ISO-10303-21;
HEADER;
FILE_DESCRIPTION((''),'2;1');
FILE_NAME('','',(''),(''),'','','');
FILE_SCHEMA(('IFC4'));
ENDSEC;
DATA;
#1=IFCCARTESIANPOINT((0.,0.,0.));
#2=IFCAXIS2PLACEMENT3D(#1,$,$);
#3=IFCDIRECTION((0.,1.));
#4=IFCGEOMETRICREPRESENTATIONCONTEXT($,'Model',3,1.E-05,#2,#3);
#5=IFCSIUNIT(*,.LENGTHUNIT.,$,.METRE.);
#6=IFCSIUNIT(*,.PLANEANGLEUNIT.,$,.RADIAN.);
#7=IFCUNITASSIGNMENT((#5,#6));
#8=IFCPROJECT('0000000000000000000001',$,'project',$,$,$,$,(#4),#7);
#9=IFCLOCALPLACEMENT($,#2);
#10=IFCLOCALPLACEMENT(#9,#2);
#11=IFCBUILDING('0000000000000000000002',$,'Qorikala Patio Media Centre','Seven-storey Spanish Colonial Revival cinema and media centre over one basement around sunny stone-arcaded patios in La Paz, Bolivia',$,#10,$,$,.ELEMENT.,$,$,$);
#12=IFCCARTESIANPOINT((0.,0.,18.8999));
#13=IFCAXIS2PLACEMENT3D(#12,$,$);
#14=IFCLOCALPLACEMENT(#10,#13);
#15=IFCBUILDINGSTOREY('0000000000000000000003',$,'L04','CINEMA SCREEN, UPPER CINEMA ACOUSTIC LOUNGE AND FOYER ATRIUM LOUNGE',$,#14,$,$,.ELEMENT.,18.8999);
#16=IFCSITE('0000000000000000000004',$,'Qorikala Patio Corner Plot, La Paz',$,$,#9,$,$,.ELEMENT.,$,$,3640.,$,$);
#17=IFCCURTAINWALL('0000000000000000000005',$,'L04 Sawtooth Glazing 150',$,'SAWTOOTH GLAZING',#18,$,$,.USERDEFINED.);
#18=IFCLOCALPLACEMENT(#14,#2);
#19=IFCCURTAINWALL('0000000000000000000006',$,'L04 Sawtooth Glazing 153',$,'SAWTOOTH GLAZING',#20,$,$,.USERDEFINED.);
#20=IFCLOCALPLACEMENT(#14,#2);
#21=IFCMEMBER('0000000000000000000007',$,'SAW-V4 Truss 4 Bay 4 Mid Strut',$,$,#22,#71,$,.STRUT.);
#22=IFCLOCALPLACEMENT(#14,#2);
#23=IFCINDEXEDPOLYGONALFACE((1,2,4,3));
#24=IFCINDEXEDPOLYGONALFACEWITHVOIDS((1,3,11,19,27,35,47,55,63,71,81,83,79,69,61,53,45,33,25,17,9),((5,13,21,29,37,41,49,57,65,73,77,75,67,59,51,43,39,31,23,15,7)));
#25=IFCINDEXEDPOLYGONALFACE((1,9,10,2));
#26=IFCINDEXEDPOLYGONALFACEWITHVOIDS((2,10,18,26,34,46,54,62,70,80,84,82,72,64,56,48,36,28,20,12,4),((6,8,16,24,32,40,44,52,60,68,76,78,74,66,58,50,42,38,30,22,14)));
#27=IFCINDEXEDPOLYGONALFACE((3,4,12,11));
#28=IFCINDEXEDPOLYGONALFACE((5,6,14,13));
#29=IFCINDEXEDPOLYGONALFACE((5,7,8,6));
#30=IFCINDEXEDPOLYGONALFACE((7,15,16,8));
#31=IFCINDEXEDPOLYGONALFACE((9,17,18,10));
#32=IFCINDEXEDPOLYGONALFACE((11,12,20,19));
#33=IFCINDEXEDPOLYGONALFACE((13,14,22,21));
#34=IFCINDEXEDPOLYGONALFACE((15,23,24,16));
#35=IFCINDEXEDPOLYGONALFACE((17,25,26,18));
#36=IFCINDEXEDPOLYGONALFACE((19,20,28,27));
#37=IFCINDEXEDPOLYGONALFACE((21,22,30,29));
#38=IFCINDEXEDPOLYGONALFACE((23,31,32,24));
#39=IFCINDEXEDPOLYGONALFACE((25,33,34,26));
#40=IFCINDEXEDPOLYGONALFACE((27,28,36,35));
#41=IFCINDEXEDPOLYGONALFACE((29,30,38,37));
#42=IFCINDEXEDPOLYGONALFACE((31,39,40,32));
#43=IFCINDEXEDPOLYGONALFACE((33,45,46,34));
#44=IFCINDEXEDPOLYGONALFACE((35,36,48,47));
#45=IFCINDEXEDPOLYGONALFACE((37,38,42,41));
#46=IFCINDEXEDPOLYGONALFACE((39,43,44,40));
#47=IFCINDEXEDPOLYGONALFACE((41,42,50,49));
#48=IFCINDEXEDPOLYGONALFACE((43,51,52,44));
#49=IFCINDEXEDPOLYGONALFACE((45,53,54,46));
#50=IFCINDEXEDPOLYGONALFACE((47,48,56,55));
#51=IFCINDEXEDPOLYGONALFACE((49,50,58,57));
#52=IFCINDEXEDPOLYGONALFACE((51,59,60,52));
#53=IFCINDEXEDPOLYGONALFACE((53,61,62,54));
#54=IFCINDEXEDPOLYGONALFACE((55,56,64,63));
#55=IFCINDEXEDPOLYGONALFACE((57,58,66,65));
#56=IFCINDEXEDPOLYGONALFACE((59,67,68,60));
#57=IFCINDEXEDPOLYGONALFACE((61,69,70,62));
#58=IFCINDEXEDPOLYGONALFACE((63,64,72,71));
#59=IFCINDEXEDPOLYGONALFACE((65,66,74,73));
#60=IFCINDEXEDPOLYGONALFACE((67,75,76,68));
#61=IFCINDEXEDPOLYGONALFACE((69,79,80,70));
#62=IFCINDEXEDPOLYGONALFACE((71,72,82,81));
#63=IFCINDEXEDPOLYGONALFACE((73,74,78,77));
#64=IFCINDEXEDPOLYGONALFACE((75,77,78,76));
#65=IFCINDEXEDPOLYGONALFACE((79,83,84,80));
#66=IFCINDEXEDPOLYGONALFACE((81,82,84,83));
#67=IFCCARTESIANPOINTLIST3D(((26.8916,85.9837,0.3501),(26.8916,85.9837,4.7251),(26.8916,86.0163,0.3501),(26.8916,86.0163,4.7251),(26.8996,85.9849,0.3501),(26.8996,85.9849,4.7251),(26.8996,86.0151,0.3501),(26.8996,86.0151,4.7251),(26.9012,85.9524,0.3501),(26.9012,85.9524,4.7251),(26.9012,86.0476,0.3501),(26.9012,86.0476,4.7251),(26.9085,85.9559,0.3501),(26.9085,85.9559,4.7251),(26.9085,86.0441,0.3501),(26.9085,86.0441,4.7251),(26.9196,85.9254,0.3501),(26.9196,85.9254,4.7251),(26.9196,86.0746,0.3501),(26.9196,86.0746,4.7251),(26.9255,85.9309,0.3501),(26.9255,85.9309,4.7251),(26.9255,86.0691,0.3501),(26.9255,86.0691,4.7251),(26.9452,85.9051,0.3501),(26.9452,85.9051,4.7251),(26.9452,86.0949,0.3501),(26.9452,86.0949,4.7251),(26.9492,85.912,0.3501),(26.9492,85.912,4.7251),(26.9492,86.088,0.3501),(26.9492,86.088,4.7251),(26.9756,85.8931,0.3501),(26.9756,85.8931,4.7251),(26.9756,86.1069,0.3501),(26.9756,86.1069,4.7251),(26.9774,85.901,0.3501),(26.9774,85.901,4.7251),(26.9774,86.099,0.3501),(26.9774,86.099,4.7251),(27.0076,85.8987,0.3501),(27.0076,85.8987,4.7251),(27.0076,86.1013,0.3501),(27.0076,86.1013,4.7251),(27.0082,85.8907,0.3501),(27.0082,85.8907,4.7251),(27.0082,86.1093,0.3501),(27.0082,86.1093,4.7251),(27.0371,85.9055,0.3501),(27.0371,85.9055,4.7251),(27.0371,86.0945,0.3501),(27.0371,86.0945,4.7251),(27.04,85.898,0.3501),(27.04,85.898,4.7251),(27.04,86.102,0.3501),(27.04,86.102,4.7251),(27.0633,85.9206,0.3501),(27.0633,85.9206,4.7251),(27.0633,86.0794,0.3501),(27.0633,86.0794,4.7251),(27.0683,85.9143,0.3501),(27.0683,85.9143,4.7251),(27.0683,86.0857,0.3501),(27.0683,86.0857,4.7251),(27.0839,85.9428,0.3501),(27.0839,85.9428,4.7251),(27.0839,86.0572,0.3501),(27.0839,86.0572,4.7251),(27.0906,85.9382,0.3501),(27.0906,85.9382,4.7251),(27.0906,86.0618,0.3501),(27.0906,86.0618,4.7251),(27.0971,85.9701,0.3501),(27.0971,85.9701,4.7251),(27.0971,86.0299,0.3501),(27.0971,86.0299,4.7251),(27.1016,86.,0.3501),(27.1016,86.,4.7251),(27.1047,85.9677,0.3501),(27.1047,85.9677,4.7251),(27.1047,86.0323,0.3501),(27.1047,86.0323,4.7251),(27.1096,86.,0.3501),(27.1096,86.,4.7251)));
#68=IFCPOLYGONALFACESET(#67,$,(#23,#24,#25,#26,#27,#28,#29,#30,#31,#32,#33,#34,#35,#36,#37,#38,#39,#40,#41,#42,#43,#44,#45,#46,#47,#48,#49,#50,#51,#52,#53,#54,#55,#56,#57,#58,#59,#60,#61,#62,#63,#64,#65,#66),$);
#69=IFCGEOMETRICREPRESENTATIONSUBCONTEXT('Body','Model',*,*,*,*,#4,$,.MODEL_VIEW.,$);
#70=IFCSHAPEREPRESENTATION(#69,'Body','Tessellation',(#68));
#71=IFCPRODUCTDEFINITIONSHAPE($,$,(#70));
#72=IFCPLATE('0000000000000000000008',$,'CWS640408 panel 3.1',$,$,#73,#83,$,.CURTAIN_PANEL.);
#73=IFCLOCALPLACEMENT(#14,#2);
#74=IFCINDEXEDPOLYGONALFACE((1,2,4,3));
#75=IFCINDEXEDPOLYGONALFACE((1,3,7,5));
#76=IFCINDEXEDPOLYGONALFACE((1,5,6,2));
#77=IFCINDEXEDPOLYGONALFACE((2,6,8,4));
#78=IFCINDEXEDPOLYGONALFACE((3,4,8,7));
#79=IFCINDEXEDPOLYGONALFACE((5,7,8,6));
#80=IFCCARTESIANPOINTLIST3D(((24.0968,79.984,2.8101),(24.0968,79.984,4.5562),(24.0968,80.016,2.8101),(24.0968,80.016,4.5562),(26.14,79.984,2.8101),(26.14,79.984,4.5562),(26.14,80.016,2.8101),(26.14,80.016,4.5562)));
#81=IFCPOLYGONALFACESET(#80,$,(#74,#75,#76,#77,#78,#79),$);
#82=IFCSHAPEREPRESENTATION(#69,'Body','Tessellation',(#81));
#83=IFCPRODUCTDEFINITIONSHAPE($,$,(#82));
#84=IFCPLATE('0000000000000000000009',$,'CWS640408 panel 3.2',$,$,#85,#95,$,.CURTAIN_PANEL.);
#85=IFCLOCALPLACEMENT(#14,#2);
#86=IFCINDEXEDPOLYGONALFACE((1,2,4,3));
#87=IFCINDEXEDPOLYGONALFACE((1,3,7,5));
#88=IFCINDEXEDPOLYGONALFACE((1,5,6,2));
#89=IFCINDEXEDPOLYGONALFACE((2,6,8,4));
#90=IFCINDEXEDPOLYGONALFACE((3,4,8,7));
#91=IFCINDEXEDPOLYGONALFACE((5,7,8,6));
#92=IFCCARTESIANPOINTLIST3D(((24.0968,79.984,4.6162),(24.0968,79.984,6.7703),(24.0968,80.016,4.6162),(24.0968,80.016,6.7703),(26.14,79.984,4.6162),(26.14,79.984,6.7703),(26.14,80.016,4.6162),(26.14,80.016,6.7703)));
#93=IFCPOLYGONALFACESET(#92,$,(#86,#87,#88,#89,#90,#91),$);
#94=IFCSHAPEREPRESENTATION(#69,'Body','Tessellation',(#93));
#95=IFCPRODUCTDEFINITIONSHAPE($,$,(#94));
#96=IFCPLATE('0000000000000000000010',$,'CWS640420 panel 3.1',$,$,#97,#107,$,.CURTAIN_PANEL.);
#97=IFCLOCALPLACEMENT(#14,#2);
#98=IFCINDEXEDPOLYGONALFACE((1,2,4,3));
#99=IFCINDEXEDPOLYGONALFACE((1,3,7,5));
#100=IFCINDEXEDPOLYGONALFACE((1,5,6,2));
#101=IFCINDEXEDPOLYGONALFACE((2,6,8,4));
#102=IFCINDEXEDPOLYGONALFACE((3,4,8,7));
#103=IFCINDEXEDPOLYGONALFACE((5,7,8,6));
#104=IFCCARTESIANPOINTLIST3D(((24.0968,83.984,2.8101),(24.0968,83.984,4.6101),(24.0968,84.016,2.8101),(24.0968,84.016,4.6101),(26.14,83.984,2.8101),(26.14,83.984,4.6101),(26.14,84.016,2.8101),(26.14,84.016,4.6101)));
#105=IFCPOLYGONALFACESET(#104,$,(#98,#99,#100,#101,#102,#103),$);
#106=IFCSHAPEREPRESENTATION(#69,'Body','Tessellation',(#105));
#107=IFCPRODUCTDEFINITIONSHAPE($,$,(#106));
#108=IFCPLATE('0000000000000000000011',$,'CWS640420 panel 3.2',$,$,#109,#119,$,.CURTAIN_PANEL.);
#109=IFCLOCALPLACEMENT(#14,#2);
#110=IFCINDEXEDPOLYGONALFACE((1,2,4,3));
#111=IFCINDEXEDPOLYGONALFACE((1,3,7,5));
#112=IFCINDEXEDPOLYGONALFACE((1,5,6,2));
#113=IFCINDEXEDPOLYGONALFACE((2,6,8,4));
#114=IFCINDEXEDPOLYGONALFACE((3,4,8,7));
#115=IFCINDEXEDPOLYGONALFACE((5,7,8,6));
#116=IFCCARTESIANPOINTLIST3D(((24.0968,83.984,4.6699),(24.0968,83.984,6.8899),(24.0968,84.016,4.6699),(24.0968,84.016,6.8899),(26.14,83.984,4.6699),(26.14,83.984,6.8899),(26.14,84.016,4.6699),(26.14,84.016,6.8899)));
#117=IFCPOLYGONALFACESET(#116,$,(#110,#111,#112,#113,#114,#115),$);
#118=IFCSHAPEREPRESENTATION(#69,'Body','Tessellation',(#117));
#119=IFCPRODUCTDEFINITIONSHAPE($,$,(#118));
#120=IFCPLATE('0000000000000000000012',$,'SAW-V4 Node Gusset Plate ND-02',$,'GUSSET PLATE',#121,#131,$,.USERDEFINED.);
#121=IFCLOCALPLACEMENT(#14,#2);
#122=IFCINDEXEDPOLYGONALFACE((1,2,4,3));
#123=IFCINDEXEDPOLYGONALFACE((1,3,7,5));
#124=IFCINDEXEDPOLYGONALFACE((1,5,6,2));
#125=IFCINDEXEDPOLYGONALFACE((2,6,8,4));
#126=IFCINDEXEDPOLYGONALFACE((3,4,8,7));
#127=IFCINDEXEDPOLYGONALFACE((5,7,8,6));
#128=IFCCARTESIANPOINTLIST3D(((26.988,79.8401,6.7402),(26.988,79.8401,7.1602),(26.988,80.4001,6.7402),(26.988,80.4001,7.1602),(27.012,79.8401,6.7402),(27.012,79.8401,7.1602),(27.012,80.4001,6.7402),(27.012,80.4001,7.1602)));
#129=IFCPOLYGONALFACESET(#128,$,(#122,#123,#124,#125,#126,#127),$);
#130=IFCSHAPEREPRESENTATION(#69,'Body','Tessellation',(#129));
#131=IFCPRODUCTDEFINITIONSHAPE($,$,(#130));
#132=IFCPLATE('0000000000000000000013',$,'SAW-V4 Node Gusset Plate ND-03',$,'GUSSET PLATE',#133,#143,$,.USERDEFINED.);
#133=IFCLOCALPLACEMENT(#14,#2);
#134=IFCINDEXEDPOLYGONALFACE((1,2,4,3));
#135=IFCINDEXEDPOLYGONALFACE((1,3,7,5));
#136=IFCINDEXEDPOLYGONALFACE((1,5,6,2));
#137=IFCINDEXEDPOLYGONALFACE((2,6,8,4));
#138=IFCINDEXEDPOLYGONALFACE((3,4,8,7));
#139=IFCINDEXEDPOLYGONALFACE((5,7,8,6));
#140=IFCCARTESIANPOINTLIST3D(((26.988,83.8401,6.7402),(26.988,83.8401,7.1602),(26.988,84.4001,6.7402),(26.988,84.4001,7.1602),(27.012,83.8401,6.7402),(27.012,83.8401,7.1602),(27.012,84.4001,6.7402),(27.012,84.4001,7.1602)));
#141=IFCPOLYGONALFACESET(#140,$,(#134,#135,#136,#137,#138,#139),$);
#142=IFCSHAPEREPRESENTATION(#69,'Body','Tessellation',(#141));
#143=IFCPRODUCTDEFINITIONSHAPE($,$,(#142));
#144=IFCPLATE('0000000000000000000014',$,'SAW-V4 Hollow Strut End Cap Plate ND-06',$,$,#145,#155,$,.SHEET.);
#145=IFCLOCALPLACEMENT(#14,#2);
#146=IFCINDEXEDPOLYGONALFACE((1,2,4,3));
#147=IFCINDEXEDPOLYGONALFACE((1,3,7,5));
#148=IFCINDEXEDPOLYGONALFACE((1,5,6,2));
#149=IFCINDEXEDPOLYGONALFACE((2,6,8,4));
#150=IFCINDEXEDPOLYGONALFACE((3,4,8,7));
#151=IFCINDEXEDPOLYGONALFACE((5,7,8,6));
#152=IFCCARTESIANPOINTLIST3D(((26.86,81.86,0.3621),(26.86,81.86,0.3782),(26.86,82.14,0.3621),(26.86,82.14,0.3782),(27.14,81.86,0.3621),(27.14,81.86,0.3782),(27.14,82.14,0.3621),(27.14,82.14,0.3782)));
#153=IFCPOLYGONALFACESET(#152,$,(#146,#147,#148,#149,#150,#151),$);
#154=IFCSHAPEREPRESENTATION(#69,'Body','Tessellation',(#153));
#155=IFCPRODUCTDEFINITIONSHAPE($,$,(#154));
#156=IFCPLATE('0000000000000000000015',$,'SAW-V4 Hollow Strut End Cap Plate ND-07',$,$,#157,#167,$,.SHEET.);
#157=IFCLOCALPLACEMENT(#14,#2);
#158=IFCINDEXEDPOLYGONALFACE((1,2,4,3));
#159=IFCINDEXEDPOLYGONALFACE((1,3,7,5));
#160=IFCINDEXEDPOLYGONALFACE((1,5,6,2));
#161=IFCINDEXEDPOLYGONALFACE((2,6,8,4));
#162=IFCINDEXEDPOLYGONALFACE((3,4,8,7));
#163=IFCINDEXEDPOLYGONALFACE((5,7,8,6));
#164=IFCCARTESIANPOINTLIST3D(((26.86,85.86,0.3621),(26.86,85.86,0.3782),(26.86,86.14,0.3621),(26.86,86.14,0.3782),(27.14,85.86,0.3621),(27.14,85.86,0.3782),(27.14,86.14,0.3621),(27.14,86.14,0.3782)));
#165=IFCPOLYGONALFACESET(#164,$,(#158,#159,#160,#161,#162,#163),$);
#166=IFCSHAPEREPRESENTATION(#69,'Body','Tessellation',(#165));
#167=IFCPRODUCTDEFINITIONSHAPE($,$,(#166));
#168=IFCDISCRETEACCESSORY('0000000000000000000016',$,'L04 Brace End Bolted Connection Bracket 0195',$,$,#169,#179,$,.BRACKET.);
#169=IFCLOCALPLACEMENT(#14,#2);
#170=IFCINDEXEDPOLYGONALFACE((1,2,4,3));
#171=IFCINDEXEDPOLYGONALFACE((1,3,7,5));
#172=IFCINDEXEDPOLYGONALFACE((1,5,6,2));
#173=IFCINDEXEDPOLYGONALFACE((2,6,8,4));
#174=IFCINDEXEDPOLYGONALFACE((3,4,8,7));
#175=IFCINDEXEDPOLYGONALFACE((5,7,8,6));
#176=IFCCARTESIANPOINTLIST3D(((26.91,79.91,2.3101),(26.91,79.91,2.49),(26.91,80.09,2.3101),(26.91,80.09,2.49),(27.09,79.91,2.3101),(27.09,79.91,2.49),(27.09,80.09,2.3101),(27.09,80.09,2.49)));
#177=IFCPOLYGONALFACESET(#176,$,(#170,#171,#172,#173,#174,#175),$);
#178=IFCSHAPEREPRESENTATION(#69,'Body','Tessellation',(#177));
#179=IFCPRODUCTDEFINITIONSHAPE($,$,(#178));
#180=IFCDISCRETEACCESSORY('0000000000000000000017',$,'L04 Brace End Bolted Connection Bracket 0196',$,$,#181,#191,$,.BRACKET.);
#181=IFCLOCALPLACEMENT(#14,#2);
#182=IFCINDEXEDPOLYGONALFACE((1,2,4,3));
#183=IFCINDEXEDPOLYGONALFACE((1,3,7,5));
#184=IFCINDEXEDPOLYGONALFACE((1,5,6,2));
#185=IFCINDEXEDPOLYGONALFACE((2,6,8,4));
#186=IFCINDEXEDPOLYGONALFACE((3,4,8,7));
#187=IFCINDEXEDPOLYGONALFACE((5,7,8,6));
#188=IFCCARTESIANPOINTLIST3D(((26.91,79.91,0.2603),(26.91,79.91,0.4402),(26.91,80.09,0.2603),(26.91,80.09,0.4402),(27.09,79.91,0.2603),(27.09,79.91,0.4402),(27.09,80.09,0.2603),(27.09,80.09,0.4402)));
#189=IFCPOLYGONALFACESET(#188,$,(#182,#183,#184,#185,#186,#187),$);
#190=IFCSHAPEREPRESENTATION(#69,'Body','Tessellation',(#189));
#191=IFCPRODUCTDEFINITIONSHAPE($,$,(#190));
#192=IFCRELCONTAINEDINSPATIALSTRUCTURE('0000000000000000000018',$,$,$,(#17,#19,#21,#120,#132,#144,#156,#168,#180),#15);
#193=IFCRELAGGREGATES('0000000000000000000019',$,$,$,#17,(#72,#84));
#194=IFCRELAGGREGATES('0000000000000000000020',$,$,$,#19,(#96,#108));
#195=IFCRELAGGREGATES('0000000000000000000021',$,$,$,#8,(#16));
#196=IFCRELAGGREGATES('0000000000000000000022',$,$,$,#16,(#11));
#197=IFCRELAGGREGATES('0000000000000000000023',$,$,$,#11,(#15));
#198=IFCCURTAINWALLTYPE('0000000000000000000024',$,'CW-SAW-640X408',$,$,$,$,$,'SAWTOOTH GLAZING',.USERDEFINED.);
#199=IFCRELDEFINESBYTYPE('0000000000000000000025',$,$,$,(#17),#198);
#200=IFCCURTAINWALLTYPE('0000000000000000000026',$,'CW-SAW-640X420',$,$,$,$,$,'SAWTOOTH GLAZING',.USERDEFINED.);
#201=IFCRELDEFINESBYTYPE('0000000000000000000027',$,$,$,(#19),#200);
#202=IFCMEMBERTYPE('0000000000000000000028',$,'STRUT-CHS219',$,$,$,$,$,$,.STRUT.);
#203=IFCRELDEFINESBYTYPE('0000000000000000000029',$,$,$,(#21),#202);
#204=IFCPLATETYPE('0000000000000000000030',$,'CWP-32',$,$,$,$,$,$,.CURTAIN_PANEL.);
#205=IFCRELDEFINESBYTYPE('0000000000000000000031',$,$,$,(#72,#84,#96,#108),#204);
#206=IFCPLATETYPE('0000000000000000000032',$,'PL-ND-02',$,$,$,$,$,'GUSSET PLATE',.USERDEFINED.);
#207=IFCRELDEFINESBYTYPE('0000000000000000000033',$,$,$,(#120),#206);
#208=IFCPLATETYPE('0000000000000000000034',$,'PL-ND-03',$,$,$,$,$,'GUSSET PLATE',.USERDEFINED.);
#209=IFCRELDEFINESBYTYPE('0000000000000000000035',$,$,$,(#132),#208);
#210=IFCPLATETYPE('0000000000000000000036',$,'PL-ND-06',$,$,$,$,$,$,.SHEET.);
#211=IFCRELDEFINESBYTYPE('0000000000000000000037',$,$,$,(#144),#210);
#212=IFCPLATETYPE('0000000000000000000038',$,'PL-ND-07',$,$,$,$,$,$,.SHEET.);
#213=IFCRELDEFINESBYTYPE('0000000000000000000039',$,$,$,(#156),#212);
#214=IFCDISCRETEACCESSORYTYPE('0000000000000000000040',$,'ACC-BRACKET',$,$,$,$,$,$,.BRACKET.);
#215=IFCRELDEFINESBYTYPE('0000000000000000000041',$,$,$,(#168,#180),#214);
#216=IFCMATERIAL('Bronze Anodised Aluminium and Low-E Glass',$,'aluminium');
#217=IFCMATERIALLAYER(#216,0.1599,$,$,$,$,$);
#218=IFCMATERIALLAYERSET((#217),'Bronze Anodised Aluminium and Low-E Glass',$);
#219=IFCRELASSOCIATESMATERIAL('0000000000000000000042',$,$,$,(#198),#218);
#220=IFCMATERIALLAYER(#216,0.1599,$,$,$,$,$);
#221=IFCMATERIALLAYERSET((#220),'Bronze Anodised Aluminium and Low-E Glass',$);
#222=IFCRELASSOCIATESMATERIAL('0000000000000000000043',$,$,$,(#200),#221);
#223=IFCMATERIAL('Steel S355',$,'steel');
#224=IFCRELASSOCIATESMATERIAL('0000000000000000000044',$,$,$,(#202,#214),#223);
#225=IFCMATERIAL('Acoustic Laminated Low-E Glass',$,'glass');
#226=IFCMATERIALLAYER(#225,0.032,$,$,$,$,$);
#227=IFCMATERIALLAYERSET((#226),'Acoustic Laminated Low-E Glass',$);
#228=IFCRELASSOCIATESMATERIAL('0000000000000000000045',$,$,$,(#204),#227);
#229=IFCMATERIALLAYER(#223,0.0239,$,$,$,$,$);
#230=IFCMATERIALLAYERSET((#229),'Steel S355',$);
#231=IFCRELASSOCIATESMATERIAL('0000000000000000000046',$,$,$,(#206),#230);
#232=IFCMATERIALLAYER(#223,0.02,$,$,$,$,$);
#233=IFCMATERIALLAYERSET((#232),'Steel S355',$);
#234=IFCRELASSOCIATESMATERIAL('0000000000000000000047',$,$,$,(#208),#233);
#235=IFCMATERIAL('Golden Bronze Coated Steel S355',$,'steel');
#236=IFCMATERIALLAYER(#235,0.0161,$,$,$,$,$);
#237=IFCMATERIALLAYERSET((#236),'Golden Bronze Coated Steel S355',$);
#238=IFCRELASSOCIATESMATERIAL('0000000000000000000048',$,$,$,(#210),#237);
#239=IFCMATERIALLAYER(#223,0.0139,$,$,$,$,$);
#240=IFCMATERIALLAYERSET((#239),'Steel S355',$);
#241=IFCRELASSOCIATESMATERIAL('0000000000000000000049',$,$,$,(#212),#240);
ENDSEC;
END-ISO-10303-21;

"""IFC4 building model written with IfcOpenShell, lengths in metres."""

from ifc_helpers import new_model, si_unit, direction, frame, origin, origin_2d, place, context, subcontext, project, spatial, rectangle, hollow_circle, extrude, material, layer, layer_set, material_profile, profile_set, type_object, element, aggregate, save


model = new_model("IFC4")

# Units and contexts
model_context = context("Model", 3, precision=1e-05, world=origin(), true_north=direction((0.0, 1.0)))
body_context = subcontext(model_context, "Body", "Model", "MODEL_VIEW")
ifc_project = project(units=[si_unit("LENGTHUNIT", "METRE"), si_unit("PLANEANGLEUNIT", "RADIAN")], contexts=[model_context])

# Site, building, storey
site_placement = place(None, origin())
site = spatial("IfcSite", under=ifc_project, at=site_placement, Name="Qorikala Patio Corner Plot, La Paz", CompositionType="ELEMENT", RefElevation=3640.0)
building_placement = place(site_placement, origin())
building = spatial("IfcBuilding", under=site, at=building_placement, Name="Qorikala Patio Media Centre", Description="Seven-storey Spanish Colonial Revival cinema and media centre over one basement around sunny stone-arcaded patios in La Paz, Bolivia", CompositionType="ELEMENT")
storey_placement = place(building_placement, frame((0.0, 0.0, 18.8999)))
storey = spatial("IfcBuildingStorey", under=building, at=storey_placement, Name="L04", Description="CINEMA SCREEN, UPPER CINEMA ACOUSTIC LOUNGE AND FOYER ATRIUM LOUNGE", CompositionType="ELEMENT", Elevation=18.8999)

# Shared definitions
ifc_material_1 = material(Name="Steel S355", Category="steel")

# Curtain wall
ifc_material_2 = material(Name="Bronze Anodised Aluminium and Low-E Glass", Category="aluminium")
ifc_layer_1 = layer(ifc_material_2, 0.1599)
ifc_layer_set_1 = layer_set([ifc_layer_1], Name="Bronze Anodised Aluminium and Low-E Glass")
curtain_wall_type_1 = type_object("IfcCurtainWallType", Name="CW-SAW-640X408", ElementType="SAWTOOTH GLAZING", PredefinedType="USERDEFINED", material=ifc_layer_set_1)
curtain_wall_1_placement = place(storey_placement, origin())
curtain_wall_1 = element("IfcCurtainWall", 1, at=curtain_wall_1_placement, inside=storey, type_object=curtain_wall_type_1, Name="L04 Sawtooth Glazing 150", ObjectType="SAWTOOTH GLAZING", PredefinedType="USERDEFINED")

# Curtain wall
ifc_layer_2 = layer(ifc_material_2, 0.1599)
ifc_layer_set_2 = layer_set([ifc_layer_2], Name="Bronze Anodised Aluminium and Low-E Glass")
curtain_wall_type_2 = type_object("IfcCurtainWallType", Name="CW-SAW-640X420", ElementType="SAWTOOTH GLAZING", PredefinedType="USERDEFINED", material=ifc_layer_set_2)
curtain_wall_2_placement = place(storey_placement, origin())
curtain_wall_2 = element("IfcCurtainWall", 2, at=curtain_wall_2_placement, inside=storey, type_object=curtain_wall_type_2, Name="L04 Sawtooth Glazing 153", ObjectType="SAWTOOTH GLAZING", PredefinedType="USERDEFINED")

# Member
ifc_material_profile_1 = material_profile(ifc_material_1, hollow_circle(Radius=0.1096, WallThickness=0.0081, at=origin_2d()), Name="CHS219X8")
ifc_profile_set_1 = profile_set([ifc_material_profile_1], Name="Steel S355")
member_type_1 = type_object("IfcMemberType", Name="STRUT-CHS219", PredefinedType="STRUT", material=ifc_profile_set_1)
member_1_placement = place(storey_placement, frame((27.0, 86.0, 0.3501), z_axis=(0.0, 0.0, 1.0), x_axis=(1.0, 0.0, 0.0)))
element("IfcMember", 3, at=member_1_placement, inside=storey, type_object=member_type_1, Name="SAW-V4 Truss 4 Bay 4 Mid Strut", PredefinedType="STRUT", context=body_context, shape_type="SweptSolid", body=[
    extrude(hollow_circle(Radius=0.1096, WallThickness=0.0081, at=origin_2d()), origin(), (0.0, 0.0, 1.0), 4.375),
])

# Plates
ifc_material_3 = material(Name="Acoustic Laminated Low-E Glass", Category="glass")
ifc_layer_3 = layer(ifc_material_3, 0.032)
ifc_layer_set_3 = layer_set([ifc_layer_3], Name="Acoustic Laminated Low-E Glass")
plate_type_1 = type_object("IfcPlateType", Name="CWP-32", PredefinedType="CURTAIN_PANEL", material=ifc_layer_set_3)
plate_1_placement = place(storey_placement, frame((25.1184, 80.0, 2.8101), z_axis=(0.0, 0.0, 1.0), x_axis=(1.0, 0.0, 0.0)))
plate_1 = element("IfcPlate", 4, at=plate_1_placement, type_object=plate_type_1, Name="CWS640408 panel 3.1", PredefinedType="CURTAIN_PANEL", context=body_context, shape_type="SweptSolid", body=[
    extrude(rectangle(XDim=2.0432, YDim=0.032, at=origin_2d()), origin(), (0.0, 0.0, 1.0), 1.7461),
])
plate_2_placement = place(storey_placement, frame((25.1184, 80.0, 4.6162), z_axis=(0.0, 0.0, 1.0), x_axis=(1.0, 0.0, 0.0)))
plate_2 = element("IfcPlate", 5, at=plate_2_placement, type_object=plate_type_1, Name="CWS640408 panel 3.2", PredefinedType="CURTAIN_PANEL", context=body_context, shape_type="SweptSolid", body=[
    extrude(rectangle(XDim=2.0432, YDim=0.032, at=origin_2d()), origin(), (0.0, 0.0, 1.0), 2.1541),
])
aggregate(curtain_wall_1, [plate_1, plate_2])
plate_3_placement = place(storey_placement, frame((25.1184, 84.0, 2.8101), z_axis=(0.0, 0.0, 1.0), x_axis=(1.0, 0.0, 0.0)))
plate_3 = element("IfcPlate", 6, at=plate_3_placement, type_object=plate_type_1, Name="CWS640420 panel 3.1", PredefinedType="CURTAIN_PANEL", context=body_context, shape_type="SweptSolid", body=[
    extrude(rectangle(XDim=2.0432, YDim=0.032, at=origin_2d()), origin(), (0.0, 0.0, 1.0), 1.8),
])
plate_4_placement = place(storey_placement, frame((25.1184, 84.0, 4.6699), z_axis=(0.0, 0.0, 1.0), x_axis=(1.0, 0.0, 0.0)))
plate_4 = element("IfcPlate", 7, at=plate_4_placement, type_object=plate_type_1, Name="CWS640420 panel 3.2", PredefinedType="CURTAIN_PANEL", context=body_context, shape_type="SweptSolid", body=[
    extrude(rectangle(XDim=2.0432, YDim=0.032, at=origin_2d()), origin(), (0.0, 0.0, 1.0), 2.22),
])
aggregate(curtain_wall_2, [plate_3, plate_4])

# Plates
ifc_layer_4 = layer(ifc_material_1, 0.0239)
ifc_layer_set_4 = layer_set([ifc_layer_4], Name="Steel S355")
plate_type_2 = type_object("IfcPlateType", Name="PL-ND-02", ElementType="GUSSET PLATE", PredefinedType="USERDEFINED", material=ifc_layer_set_4)
plate_5_placement = place(storey_placement, frame((27.0, 80.1201, 6.7402), z_axis=(0.0, 0.0, 1.0), x_axis=(1.0, 0.0, 0.0)))
element("IfcPlate", 8, at=plate_5_placement, inside=storey, type_object=plate_type_2, Name="SAW-V4 Node Gusset Plate ND-02", ObjectType="GUSSET PLATE", PredefinedType="USERDEFINED", context=body_context, shape_type="SweptSolid", body=[
    extrude(rectangle(XDim=0.0239, YDim=0.5601, at=origin_2d()), origin(), (0.0, 0.0, 1.0), 0.4199),
])
ifc_layer_5 = layer(ifc_material_1, 0.02)
ifc_layer_set_5 = layer_set([ifc_layer_5], Name="Steel S355")
plate_type_3 = type_object("IfcPlateType", Name="PL-ND-03", ElementType="GUSSET PLATE", PredefinedType="USERDEFINED", material=ifc_layer_set_5)
plate_6_placement = place(storey_placement, frame((27.0, 84.1201, 6.7402), z_axis=(0.0, 0.0, 1.0), x_axis=(1.0, 0.0, 0.0)))
element("IfcPlate", 9, at=plate_6_placement, inside=storey, type_object=plate_type_3, Name="SAW-V4 Node Gusset Plate ND-03", ObjectType="GUSSET PLATE", PredefinedType="USERDEFINED", context=body_context, shape_type="SweptSolid", body=[
    extrude(rectangle(XDim=0.0239, YDim=0.5601, at=origin_2d()), origin(), (0.0, 0.0, 1.0), 0.4199),
])
ifc_material_4 = material(Name="Golden Bronze Coated Steel S355", Category="steel")
ifc_layer_6 = layer(ifc_material_4, 0.0161)
ifc_layer_set_6 = layer_set([ifc_layer_6], Name="Golden Bronze Coated Steel S355")
plate_type_4 = type_object("IfcPlateType", Name="PL-ND-06", PredefinedType="SHEET", material=ifc_layer_set_6)
plate_7_placement = place(storey_placement, frame((27.0, 82.0, 0.3621), z_axis=(0.0, 0.0, 1.0), x_axis=(1.0, 0.0, 0.0)))
element("IfcPlate", 10, at=plate_7_placement, inside=storey, type_object=plate_type_4, Name="SAW-V4 Hollow Strut End Cap Plate ND-06", PredefinedType="SHEET", context=body_context, shape_type="SweptSolid", body=[
    extrude(rectangle(XDim=0.28, YDim=0.28, at=origin_2d()), origin(), (0.0, 0.0, 1.0), 0.0161),
])
ifc_layer_7 = layer(ifc_material_1, 0.0139)
ifc_layer_set_7 = layer_set([ifc_layer_7], Name="Steel S355")
plate_type_5 = type_object("IfcPlateType", Name="PL-ND-07", PredefinedType="SHEET", material=ifc_layer_set_7)
plate_8_placement = place(storey_placement, frame((27.0, 86.0, 0.3621), z_axis=(0.0, 0.0, 1.0), x_axis=(1.0, 0.0, 0.0)))
element("IfcPlate", 11, at=plate_8_placement, inside=storey, type_object=plate_type_5, Name="SAW-V4 Hollow Strut End Cap Plate ND-07", PredefinedType="SHEET", context=body_context, shape_type="SweptSolid", body=[
    extrude(rectangle(XDim=0.28, YDim=0.28, at=origin_2d()), origin(), (0.0, 0.0, 1.0), 0.0161),
])

# Discrete accessories
discrete_accessory_type = type_object("IfcDiscreteAccessoryType", Name="ACC-BRACKET", PredefinedType="BRACKET", material=ifc_material_1)
for number, where, z_axis, x_axis, name in (
    (12, (27.0, 80.0, 2.3101), (0.0, 0.0, 1.0), (1.0, 0.0, 0.0), "L04 Brace End Bolted Connection Bracket 0195"),
    (13, (27.0, 80.0, 0.2603), (0.0, 0.0, 1.0), (1.0, 0.0, 0.0), "L04 Brace End Bolted Connection Bracket 0196"),
):
    element("IfcDiscreteAccessory", number, at=place(storey_placement, frame(where, z_axis=z_axis, x_axis=x_axis)), inside=storey, type_object=discrete_accessory_type, Name=name, PredefinedType="BRACKET", context=body_context, shape_type="SweptSolid", body=[
        extrude(rectangle(XDim=0.1799, YDim=0.1799, at=origin_2d()), origin(), (0.0, 0.0, 1.0), 0.1799),
    ])

save(model, "model.ifc")
